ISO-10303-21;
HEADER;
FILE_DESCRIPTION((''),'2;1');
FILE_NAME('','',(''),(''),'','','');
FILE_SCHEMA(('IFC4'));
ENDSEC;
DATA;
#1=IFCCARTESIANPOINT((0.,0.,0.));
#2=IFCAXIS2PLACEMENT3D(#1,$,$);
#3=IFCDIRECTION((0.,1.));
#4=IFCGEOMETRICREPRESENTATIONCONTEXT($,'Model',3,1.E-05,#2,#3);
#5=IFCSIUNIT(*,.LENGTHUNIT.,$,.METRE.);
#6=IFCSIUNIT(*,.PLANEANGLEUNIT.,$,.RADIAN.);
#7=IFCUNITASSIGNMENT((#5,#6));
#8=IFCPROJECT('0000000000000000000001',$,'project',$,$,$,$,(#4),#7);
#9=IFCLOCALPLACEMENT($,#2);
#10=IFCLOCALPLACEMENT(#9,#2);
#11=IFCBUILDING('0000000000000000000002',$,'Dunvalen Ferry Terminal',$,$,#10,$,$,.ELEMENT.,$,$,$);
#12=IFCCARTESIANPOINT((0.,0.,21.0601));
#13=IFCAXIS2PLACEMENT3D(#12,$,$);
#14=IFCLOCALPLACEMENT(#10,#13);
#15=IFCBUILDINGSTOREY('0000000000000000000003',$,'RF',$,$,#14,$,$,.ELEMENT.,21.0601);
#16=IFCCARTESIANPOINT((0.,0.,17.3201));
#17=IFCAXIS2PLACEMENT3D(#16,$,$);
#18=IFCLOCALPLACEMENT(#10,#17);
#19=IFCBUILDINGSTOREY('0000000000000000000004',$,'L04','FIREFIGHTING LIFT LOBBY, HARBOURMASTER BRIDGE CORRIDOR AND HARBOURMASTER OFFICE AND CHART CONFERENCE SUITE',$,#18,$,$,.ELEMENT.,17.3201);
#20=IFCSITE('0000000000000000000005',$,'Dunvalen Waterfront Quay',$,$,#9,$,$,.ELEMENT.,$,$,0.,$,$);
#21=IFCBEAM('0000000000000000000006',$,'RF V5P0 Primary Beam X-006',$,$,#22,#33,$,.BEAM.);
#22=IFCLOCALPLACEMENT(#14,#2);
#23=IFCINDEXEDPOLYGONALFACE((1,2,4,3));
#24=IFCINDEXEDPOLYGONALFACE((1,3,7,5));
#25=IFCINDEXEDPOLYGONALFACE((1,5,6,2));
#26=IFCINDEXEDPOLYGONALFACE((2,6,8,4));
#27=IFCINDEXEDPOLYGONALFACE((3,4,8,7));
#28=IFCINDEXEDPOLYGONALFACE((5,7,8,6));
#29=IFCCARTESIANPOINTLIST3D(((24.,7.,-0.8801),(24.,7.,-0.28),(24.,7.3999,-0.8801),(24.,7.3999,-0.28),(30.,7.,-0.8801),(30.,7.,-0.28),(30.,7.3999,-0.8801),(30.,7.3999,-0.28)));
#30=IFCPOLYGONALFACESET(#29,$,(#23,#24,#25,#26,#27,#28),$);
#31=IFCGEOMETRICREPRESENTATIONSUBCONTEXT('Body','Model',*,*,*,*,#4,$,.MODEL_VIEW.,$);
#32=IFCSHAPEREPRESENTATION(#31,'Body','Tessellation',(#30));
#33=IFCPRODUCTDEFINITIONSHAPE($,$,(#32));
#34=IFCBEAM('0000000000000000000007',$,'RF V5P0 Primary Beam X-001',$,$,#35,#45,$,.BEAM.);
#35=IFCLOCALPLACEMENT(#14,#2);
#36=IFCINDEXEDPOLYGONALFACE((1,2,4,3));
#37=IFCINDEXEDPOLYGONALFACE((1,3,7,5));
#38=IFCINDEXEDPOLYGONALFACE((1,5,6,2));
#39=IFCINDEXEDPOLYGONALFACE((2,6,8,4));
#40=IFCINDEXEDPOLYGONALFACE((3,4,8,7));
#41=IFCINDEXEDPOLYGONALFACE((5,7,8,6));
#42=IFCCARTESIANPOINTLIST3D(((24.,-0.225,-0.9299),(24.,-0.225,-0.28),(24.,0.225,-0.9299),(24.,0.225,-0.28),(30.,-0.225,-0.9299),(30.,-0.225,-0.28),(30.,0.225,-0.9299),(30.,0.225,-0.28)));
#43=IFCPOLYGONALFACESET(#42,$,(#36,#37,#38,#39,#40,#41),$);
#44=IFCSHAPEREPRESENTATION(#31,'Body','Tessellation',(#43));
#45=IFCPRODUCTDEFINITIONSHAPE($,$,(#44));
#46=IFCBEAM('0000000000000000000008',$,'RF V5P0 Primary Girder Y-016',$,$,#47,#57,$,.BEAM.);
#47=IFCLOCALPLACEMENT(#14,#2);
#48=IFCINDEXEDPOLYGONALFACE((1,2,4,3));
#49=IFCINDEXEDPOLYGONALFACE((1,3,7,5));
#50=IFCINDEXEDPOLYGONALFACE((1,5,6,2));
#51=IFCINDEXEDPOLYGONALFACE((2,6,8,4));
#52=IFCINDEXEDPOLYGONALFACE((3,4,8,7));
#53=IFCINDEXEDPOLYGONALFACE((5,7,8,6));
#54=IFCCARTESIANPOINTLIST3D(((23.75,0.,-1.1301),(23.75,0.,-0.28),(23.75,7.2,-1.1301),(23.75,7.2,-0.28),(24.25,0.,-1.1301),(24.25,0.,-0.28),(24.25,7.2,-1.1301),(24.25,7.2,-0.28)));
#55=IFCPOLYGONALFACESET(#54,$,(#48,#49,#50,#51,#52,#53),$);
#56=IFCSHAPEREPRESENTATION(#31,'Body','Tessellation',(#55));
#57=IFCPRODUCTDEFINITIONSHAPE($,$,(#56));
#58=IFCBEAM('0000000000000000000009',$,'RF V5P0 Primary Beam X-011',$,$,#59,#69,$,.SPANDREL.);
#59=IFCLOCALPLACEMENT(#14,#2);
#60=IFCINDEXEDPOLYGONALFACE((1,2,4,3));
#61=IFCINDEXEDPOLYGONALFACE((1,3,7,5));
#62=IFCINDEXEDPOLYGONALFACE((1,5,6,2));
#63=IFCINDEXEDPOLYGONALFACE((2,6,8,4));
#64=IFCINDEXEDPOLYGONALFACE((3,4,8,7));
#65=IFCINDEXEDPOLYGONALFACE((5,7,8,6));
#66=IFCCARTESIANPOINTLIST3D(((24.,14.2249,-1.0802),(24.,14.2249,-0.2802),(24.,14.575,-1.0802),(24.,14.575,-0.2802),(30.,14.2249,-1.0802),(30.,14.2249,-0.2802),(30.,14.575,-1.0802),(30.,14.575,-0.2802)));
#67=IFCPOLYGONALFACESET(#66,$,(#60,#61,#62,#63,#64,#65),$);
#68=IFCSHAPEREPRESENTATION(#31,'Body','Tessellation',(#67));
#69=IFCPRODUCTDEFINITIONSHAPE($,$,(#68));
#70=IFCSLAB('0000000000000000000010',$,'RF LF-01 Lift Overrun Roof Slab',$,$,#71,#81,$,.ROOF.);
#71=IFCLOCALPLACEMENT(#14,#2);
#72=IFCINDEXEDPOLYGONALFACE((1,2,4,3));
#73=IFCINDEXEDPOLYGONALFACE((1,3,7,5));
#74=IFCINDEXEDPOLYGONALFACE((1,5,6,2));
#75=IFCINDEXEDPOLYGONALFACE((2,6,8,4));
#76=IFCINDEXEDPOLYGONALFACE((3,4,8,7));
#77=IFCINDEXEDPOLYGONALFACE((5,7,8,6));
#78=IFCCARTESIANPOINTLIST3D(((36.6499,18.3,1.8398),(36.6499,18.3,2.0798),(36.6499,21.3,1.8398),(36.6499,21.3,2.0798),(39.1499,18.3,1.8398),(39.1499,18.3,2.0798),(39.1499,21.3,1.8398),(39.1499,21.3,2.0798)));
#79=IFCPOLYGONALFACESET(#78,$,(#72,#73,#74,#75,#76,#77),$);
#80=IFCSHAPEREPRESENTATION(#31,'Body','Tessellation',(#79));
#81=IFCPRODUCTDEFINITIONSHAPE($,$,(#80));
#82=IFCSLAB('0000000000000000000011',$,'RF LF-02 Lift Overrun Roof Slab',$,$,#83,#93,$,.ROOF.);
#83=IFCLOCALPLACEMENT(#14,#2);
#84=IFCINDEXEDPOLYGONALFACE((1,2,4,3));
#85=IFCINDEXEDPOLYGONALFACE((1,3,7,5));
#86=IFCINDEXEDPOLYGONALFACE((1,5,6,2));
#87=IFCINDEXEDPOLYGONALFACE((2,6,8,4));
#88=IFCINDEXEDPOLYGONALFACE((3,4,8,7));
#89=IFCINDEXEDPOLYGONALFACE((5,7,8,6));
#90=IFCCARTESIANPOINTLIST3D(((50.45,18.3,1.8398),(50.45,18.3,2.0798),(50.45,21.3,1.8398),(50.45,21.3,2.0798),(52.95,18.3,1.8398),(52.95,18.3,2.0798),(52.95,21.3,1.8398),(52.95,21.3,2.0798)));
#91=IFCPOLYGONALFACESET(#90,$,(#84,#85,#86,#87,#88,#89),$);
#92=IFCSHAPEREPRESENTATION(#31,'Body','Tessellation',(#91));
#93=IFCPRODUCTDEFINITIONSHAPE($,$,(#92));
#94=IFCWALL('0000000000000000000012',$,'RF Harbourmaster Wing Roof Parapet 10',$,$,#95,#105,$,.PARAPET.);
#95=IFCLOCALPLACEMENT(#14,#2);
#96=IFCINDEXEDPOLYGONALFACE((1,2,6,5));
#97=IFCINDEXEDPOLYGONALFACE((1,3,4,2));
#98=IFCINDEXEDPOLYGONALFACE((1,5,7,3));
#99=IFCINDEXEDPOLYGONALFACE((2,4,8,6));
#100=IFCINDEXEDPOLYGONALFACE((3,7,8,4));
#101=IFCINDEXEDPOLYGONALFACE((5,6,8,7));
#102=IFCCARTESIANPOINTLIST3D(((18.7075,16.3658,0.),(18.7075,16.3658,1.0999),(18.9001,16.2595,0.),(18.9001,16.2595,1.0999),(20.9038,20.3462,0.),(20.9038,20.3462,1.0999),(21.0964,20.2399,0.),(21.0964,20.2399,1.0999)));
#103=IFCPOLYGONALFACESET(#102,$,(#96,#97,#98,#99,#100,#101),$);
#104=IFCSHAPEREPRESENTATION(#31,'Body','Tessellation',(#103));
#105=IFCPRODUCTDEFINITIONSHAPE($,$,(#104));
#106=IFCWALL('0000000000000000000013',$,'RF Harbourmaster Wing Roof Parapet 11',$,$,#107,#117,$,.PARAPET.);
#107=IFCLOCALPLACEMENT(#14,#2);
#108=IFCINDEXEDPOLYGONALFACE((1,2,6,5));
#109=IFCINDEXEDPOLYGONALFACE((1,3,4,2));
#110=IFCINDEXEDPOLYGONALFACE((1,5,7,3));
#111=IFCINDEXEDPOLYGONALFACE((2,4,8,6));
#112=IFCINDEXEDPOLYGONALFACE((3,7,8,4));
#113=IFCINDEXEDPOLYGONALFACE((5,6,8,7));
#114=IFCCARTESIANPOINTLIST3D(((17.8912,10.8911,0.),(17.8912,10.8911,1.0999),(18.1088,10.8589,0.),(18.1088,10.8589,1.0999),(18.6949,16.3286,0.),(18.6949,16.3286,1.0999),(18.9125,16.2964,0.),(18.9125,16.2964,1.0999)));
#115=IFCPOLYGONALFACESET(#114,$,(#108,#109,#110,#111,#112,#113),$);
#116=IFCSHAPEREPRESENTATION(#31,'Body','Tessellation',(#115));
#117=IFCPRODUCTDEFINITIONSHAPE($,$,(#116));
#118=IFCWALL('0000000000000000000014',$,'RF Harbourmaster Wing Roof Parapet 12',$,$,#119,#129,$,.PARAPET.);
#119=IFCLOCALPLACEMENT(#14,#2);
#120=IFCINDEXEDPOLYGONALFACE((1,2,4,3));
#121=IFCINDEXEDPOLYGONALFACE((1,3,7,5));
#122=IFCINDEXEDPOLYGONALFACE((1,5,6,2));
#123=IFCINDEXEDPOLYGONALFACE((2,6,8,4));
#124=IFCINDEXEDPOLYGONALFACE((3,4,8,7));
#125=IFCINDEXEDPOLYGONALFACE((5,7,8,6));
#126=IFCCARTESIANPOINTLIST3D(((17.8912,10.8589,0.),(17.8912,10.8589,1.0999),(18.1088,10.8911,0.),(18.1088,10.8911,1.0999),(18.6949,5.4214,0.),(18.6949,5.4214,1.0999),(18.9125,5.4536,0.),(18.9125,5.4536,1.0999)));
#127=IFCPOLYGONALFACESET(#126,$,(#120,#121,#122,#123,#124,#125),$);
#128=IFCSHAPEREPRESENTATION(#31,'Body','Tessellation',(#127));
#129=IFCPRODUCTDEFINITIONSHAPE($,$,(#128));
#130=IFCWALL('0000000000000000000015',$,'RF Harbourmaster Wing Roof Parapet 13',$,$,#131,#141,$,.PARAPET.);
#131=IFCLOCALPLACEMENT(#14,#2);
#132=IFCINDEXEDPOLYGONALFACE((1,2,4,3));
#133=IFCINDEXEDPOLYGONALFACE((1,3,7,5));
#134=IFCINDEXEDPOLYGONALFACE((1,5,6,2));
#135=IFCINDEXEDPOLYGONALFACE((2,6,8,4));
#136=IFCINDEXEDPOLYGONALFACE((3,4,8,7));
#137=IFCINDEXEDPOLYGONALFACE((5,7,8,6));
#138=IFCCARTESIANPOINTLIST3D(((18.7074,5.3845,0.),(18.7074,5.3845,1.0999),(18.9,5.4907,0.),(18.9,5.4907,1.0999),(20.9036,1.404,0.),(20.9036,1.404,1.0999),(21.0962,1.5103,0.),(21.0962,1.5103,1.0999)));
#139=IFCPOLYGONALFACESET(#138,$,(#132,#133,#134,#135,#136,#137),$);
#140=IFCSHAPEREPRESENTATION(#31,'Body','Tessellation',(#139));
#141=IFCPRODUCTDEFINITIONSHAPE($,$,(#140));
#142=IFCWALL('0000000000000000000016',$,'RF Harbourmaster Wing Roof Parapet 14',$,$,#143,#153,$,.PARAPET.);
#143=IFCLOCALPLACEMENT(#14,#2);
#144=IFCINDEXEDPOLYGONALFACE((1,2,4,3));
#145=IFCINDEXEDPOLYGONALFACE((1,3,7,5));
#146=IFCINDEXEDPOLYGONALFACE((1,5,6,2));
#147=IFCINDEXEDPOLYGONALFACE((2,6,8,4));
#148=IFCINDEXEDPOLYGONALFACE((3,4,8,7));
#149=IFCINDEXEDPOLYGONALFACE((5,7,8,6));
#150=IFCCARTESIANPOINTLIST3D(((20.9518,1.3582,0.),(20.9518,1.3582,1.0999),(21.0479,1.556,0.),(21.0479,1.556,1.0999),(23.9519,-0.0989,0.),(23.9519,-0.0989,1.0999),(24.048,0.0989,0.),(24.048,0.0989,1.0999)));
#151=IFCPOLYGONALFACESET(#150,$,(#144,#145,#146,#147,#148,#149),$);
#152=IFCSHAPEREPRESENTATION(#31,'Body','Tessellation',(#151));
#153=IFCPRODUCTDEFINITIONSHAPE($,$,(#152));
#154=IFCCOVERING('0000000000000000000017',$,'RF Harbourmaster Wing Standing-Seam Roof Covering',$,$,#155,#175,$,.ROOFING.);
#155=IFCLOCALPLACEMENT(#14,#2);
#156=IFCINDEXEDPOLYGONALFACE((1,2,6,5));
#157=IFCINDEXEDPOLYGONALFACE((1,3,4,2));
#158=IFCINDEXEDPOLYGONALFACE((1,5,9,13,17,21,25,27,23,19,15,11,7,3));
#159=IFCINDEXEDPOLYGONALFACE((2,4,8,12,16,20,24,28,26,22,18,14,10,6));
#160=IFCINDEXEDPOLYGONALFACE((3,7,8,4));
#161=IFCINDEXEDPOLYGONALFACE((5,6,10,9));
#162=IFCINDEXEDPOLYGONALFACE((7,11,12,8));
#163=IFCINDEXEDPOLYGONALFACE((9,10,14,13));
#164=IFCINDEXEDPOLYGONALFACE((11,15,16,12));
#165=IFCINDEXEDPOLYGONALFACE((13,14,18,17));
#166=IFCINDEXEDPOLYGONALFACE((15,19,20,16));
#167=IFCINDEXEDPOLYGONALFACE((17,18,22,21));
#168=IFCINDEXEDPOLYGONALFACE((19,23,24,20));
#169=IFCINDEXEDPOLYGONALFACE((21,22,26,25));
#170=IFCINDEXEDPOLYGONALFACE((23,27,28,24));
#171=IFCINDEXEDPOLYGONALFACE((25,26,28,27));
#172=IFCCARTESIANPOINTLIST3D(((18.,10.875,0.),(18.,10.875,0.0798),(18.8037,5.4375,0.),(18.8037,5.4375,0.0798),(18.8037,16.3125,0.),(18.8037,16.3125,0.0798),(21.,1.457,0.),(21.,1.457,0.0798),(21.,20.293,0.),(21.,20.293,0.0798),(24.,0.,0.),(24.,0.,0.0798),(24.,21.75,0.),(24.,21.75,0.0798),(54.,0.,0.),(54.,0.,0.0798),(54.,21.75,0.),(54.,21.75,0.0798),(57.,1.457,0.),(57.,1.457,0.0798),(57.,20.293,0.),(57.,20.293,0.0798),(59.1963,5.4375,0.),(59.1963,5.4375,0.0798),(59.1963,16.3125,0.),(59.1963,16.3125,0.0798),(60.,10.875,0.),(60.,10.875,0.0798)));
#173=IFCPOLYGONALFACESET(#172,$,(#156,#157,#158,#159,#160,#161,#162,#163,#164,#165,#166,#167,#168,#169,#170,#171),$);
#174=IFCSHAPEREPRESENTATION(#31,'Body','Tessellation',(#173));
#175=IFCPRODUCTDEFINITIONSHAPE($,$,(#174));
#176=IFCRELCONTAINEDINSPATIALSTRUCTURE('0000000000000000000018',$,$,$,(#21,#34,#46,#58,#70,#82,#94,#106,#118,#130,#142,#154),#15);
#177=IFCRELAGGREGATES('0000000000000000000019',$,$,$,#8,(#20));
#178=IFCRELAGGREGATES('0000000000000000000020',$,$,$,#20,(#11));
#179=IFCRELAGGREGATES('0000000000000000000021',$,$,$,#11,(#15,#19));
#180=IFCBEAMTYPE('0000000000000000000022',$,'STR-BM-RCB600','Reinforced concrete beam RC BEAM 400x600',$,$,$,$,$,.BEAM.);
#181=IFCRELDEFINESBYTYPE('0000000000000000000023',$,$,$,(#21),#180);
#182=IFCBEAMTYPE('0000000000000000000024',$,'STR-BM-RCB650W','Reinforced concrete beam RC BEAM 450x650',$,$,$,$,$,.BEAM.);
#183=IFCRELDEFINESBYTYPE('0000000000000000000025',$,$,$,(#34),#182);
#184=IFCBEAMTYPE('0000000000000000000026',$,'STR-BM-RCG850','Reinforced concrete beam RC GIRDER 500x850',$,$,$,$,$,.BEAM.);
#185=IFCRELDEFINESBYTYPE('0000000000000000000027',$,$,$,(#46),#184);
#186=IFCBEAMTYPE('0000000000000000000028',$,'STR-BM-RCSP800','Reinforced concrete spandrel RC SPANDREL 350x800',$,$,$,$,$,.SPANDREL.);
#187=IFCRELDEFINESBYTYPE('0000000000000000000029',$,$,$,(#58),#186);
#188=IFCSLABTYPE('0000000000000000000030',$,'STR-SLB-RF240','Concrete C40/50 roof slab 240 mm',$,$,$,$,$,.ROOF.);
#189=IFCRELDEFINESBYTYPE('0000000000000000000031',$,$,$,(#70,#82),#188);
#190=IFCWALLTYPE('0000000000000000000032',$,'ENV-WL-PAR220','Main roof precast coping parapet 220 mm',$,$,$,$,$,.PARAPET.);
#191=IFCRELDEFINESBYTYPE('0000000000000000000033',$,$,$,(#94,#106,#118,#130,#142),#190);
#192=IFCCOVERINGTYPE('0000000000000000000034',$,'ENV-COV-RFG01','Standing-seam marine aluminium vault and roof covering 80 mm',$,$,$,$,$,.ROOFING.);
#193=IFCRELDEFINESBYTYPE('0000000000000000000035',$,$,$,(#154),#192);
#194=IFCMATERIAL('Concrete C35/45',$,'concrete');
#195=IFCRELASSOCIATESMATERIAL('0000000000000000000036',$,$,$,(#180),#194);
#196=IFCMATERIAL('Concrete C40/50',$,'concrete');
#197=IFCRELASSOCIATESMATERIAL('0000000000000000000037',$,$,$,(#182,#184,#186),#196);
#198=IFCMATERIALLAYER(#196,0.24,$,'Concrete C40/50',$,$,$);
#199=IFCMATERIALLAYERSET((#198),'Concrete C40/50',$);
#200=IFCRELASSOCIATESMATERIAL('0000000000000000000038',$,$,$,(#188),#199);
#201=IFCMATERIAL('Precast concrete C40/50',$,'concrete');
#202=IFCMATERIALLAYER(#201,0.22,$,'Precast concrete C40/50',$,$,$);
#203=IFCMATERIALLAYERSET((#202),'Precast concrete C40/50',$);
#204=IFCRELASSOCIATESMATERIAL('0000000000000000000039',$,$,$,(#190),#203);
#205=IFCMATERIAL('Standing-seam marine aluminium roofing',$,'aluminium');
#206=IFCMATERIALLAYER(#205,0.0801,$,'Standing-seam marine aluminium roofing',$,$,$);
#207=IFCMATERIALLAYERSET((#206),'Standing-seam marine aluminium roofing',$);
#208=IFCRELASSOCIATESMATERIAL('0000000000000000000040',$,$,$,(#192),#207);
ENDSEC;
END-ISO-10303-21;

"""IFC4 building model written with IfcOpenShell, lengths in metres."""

from ifc_helpers import new_model, si_unit, direction, frame, frame_2d, origin, origin_2d, place, context, subcontext, project, spatial, polyline, rectangle, outline, extrude, material, layer, layer_set, material_profile, profile_set, type_object, element, save


model = new_model("IFC4")

# Units and contexts
model_context = context("Model", 3, precision=1e-05, world=origin(), true_north=direction((0.0, 1.0)))
body_context = subcontext(model_context, "Body", "Model", "MODEL_VIEW")
ifc_project = project(units=[si_unit("LENGTHUNIT", "METRE"), si_unit("PLANEANGLEUNIT", "RADIAN")], contexts=[model_context])

# Site, building, storey
site_placement = place(None, origin())
site = spatial("IfcSite", under=ifc_project, at=site_placement, Name="Dunvalen Waterfront Quay", CompositionType="ELEMENT", RefElevation=0.0)
building_placement = place(site_placement, origin())
building = spatial("IfcBuilding", under=site, at=building_placement, Name="Dunvalen Ferry Terminal", CompositionType="ELEMENT")
storey_1_placement = place(building_placement, frame((0.0, 0.0, 21.0601)))
storey_1 = spatial("IfcBuildingStorey", under=building, at=storey_1_placement, Name="RF", CompositionType="ELEMENT", Elevation=21.0601)

# Beams
ifc_material_1 = material(Name="Concrete C35/45", Category="concrete")
ifc_material_profile_1 = material_profile(ifc_material_1, rectangle(XDim=0.3999, YDim=0.6001, at=origin_2d()), Name="Concrete C35/45")
ifc_profile_set_1 = profile_set([ifc_material_profile_1], Name="Concrete C35/45")
beam_type_1 = type_object("IfcBeamType", Name="STR-BM-RCB600", Description="Reinforced concrete beam RC BEAM 400x600", PredefinedType="BEAM", material=ifc_profile_set_1)
beam_1_placement = place(storey_1_placement, frame((24.0, 7.2, -0.5801), z_axis=(1.0, 0.0, 0.0), x_axis=(0.0, 1.0, 0.0)))
element("IfcBeam", 1, at=beam_1_placement, inside=storey_1, type_object=beam_type_1, Name="RF V5P0 Primary Beam X-006", PredefinedType="BEAM", context=body_context, shape_type="SweptSolid", body=[
    extrude(rectangle(XDim=0.3999, YDim=0.6001, at=origin_2d()), origin(), (0.0, 0.0, 1.0), 6.0),
])
ifc_material_2 = material(Name="Concrete C40/50", Category="concrete")
ifc_material_profile_2 = material_profile(ifc_material_2, rectangle(XDim=0.45, YDim=0.6499, at=origin_2d()), Name="Concrete C40/50")
ifc_profile_set_2 = profile_set([ifc_material_profile_2], Name="Concrete C40/50")
beam_type_2 = type_object("IfcBeamType", Name="STR-BM-RCB650W", Description="Reinforced concrete beam RC BEAM 450x650", PredefinedType="BEAM", material=ifc_profile_set_2)
beam_2_placement = place(storey_1_placement, frame((24.0, 0.0, -0.605), z_axis=(1.0, 0.0, 0.0), x_axis=(0.0, 1.0, 0.0)))
element("IfcBeam", 2, at=beam_2_placement, inside=storey_1, type_object=beam_type_2, Name="RF V5P0 Primary Beam X-001", PredefinedType="BEAM", context=body_context, shape_type="SweptSolid", body=[
    extrude(rectangle(XDim=0.45, YDim=0.6499, at=origin_2d()), origin(), (0.0, 0.0, 1.0), 6.0),
])
ifc_material_profile_3 = material_profile(ifc_material_2, rectangle(XDim=0.5, YDim=0.8501, at=origin_2d()), Name="Concrete C40/50")
ifc_profile_set_3 = profile_set([ifc_material_profile_3], Name="Concrete C40/50")
beam_type_3 = type_object("IfcBeamType", Name="STR-BM-RCG850", Description="Reinforced concrete beam RC GIRDER 500x850", PredefinedType="BEAM", material=ifc_profile_set_3)
beam_3_placement = place(storey_1_placement, frame((24.0, 0.0, -0.7051), z_axis=(0.0, 1.0, 0.0), x_axis=(-1.0, 0.0, 0.0)))
element("IfcBeam", 3, at=beam_3_placement, inside=storey_1, type_object=beam_type_3, Name="RF V5P0 Primary Girder Y-016", PredefinedType="BEAM", context=body_context, shape_type="SweptSolid", body=[
    extrude(rectangle(XDim=0.5, YDim=0.8501, at=origin_2d()), origin(), (0.0, 0.0, 1.0), 7.2),
])
ifc_material_profile_4 = material_profile(ifc_material_2, rectangle(XDim=0.3501, YDim=0.8, at=origin_2d()), Name="Concrete C40/50")
ifc_profile_set_4 = profile_set([ifc_material_profile_4], Name="Concrete C40/50")
beam_type_4 = type_object("IfcBeamType", Name="STR-BM-RCSP800", Description="Reinforced concrete spandrel RC SPANDREL 350x800", PredefinedType="SPANDREL", material=ifc_profile_set_4)
beam_4_placement = place(storey_1_placement, frame((24.0, 14.3999, -0.6802), z_axis=(1.0, 0.0, 0.0), x_axis=(0.0, 1.0, 0.0)))
element("IfcBeam", 4, at=beam_4_placement, inside=storey_1, type_object=beam_type_4, Name="RF V5P0 Primary Beam X-011", PredefinedType="SPANDREL", context=body_context, shape_type="SweptSolid", body=[
    extrude(rectangle(XDim=0.3501, YDim=0.8, at=origin_2d()), origin(), (0.0, 0.0, 1.0), 6.0),
])

# Slabs
ifc_layer_1 = layer(ifc_material_2, 0.24, Name="Concrete C40/50")
ifc_layer_set_1 = layer_set([ifc_layer_1], Name="Concrete C40/50")
slab_type_1 = type_object("IfcSlabType", Name="STR-SLB-RF240", Description="Concrete C40/50 roof slab 240 mm", PredefinedType="ROOF", material=ifc_layer_set_1)
slab_1_placement = place(storey_1_placement, frame((0.0, 0.0, 1.8398)))
element("IfcSlab", 5, at=slab_1_placement, inside=storey_1, type_object=slab_type_1, Name="RF LF-01 Lift Overrun Roof Slab", PredefinedType="ROOF", context=body_context, shape_type="SweptSolid", body=[
    extrude(outline(polyline([(36.6499, 18.3), (39.1499, 18.3), (39.1499, 21.3), (36.6499, 21.3), (36.6499, 18.3)])), origin(), (0.0, 0.0, 1.0), 0.24),
])
slab_2_placement = place(storey_1_placement, frame((0.0, 0.0, 1.8398)))
element("IfcSlab", 6, at=slab_2_placement, inside=storey_1, type_object=slab_type_1, Name="RF LF-02 Lift Overrun Roof Slab", PredefinedType="ROOF", context=body_context, shape_type="SweptSolid", body=[
    extrude(outline(polyline([(50.45, 18.3), (52.95, 18.3), (52.95, 21.3), (50.45, 21.3), (50.45, 18.3)])), origin(), (0.0, 0.0, 1.0), 0.24),
])

# Shared definitions
storey_2_placement = place(building_placement, frame((0.0, 0.0, 17.3201)))
storey_2 = spatial("IfcBuildingStorey", under=building, at=storey_2_placement, Name="L04", Description="FIREFIGHTING LIFT LOBBY, HARBOURMASTER BRIDGE CORRIDOR AND HARBOURMASTER OFFICE AND CHART CONFERENCE SUITE", CompositionType="ELEMENT", Elevation=17.3201)

# Walls
ifc_material_3 = material(Name="Precast concrete C40/50", Category="concrete")
ifc_layer_2 = layer(ifc_material_3, 0.22, Name="Precast concrete C40/50")
ifc_layer_set_2 = layer_set([ifc_layer_2], Name="Precast concrete C40/50")
wall_type = type_object("IfcWallType", Name="ENV-WL-PAR220", Description="Main roof precast coping parapet 220 mm", PredefinedType="PARAPET", material=ifc_layer_set_2)
wall_1_placement = place(storey_1_placement, frame((21.0, 20.293, 0.0), z_axis=(0.0, 0.0, 1.0), x_axis=(-0.483106, -0.875562, 0.0)))
element("IfcWall", 7, at=wall_1_placement, inside=storey_1, type_object=wall_type, Name="RF Harbourmaster Wing Roof Parapet 10", PredefinedType="PARAPET", context=body_context, shape_type="SweptSolid", body=[
    extrude(rectangle(XDim=4.5461, YDim=0.22, at=frame_2d((2.2729, 0.0))), origin(), (0.0, 0.0, 1.0), 1.0999),
])
for number, where, z_axis, x_axis, name in (
    (8, (18.8037, 16.3125, 0.0), (0.0, 0.0, 1.0), (-0.14622, -0.989252, 0.0), "RF Harbourmaster Wing Roof Parapet 11"),
    (9, (18.0, 10.875, 0.0), (0.0, 0.0, 1.0), (0.14622, -0.989252, 0.0), "RF Harbourmaster Wing Roof Parapet 12"),
):
    element("IfcWall", number, at=place(storey_1_placement, frame(where, z_axis=z_axis, x_axis=x_axis)), inside=storey_1, type_object=wall_type, Name=name, PredefinedType="PARAPET", context=body_context, shape_type="SweptSolid", body=[
        extrude(rectangle(XDim=5.4966, YDim=0.22, at=frame_2d((2.7483, 0.0))), origin(), (0.0, 0.0, 1.0), 1.0999),
    ])
wall_2_placement = place(storey_1_placement, frame((18.8037, 5.4375, 0.0), z_axis=(0.0, 0.0, 1.0), x_axis=(0.483106, -0.875562, 0.0)))
element("IfcWall", 10, at=wall_2_placement, inside=storey_1, type_object=wall_type, Name="RF Harbourmaster Wing Roof Parapet 13", PredefinedType="PARAPET", context=body_context, shape_type="SweptSolid", body=[
    extrude(rectangle(XDim=4.5461, YDim=0.22, at=frame_2d((2.2729, 0.0))), origin(), (0.0, 0.0, 1.0), 1.0999),
])
wall_3_placement = place(storey_1_placement, frame((21.0, 1.457, 0.0), z_axis=(0.0, 0.0, 1.0), x_axis=(0.899521, -0.436877, 0.0)))
element("IfcWall", 11, at=wall_3_placement, inside=storey_1, type_object=wall_type, Name="RF Harbourmaster Wing Roof Parapet 14", PredefinedType="PARAPET", context=body_context, shape_type="SweptSolid", body=[
    extrude(rectangle(XDim=3.3352, YDim=0.22, at=frame_2d((1.6675, 0.0))), origin(), (0.0, 0.0, 1.0), 1.0999),
])

# Covering
ifc_material_4 = material(Name="Standing-seam marine aluminium roofing", Category="aluminium")
ifc_layer_3 = layer(ifc_material_4, 0.0801, Name="Standing-seam marine aluminium roofing")
ifc_layer_set_3 = layer_set([ifc_layer_3], Name="Standing-seam marine aluminium roofing")
covering_type = type_object("IfcCoveringType", Name="ENV-COV-RFG01", Description="Standing-seam marine aluminium vault and roof covering 80 mm", PredefinedType="ROOFING", material=ifc_layer_set_3)
covering_placement = place(storey_1_placement, origin())
element("IfcCovering", 12, at=covering_placement, inside=storey_1, type_object=covering_type, Name="RF Harbourmaster Wing Standing-Seam Roof Covering", PredefinedType="ROOFING", context=body_context, shape_type="SweptSolid", body=[
    extrude(outline(polyline([(24.0, 0.0), (54.0, 0.0), (57.0, 1.457), (59.1963, 5.4375), (60.0, 10.875), (59.1963, 16.3125), (57.0, 20.293), (54.0, 21.75), (24.0, 21.75), (21.0, 20.293), (18.8037, 16.3125), (18.0, 10.875), (18.8037, 5.4375), (21.0, 1.457), (24.0, 0.0)])), origin(), (0.0, 0.0, 1.0), 0.0798),
])

save(model, "model.ifc")
